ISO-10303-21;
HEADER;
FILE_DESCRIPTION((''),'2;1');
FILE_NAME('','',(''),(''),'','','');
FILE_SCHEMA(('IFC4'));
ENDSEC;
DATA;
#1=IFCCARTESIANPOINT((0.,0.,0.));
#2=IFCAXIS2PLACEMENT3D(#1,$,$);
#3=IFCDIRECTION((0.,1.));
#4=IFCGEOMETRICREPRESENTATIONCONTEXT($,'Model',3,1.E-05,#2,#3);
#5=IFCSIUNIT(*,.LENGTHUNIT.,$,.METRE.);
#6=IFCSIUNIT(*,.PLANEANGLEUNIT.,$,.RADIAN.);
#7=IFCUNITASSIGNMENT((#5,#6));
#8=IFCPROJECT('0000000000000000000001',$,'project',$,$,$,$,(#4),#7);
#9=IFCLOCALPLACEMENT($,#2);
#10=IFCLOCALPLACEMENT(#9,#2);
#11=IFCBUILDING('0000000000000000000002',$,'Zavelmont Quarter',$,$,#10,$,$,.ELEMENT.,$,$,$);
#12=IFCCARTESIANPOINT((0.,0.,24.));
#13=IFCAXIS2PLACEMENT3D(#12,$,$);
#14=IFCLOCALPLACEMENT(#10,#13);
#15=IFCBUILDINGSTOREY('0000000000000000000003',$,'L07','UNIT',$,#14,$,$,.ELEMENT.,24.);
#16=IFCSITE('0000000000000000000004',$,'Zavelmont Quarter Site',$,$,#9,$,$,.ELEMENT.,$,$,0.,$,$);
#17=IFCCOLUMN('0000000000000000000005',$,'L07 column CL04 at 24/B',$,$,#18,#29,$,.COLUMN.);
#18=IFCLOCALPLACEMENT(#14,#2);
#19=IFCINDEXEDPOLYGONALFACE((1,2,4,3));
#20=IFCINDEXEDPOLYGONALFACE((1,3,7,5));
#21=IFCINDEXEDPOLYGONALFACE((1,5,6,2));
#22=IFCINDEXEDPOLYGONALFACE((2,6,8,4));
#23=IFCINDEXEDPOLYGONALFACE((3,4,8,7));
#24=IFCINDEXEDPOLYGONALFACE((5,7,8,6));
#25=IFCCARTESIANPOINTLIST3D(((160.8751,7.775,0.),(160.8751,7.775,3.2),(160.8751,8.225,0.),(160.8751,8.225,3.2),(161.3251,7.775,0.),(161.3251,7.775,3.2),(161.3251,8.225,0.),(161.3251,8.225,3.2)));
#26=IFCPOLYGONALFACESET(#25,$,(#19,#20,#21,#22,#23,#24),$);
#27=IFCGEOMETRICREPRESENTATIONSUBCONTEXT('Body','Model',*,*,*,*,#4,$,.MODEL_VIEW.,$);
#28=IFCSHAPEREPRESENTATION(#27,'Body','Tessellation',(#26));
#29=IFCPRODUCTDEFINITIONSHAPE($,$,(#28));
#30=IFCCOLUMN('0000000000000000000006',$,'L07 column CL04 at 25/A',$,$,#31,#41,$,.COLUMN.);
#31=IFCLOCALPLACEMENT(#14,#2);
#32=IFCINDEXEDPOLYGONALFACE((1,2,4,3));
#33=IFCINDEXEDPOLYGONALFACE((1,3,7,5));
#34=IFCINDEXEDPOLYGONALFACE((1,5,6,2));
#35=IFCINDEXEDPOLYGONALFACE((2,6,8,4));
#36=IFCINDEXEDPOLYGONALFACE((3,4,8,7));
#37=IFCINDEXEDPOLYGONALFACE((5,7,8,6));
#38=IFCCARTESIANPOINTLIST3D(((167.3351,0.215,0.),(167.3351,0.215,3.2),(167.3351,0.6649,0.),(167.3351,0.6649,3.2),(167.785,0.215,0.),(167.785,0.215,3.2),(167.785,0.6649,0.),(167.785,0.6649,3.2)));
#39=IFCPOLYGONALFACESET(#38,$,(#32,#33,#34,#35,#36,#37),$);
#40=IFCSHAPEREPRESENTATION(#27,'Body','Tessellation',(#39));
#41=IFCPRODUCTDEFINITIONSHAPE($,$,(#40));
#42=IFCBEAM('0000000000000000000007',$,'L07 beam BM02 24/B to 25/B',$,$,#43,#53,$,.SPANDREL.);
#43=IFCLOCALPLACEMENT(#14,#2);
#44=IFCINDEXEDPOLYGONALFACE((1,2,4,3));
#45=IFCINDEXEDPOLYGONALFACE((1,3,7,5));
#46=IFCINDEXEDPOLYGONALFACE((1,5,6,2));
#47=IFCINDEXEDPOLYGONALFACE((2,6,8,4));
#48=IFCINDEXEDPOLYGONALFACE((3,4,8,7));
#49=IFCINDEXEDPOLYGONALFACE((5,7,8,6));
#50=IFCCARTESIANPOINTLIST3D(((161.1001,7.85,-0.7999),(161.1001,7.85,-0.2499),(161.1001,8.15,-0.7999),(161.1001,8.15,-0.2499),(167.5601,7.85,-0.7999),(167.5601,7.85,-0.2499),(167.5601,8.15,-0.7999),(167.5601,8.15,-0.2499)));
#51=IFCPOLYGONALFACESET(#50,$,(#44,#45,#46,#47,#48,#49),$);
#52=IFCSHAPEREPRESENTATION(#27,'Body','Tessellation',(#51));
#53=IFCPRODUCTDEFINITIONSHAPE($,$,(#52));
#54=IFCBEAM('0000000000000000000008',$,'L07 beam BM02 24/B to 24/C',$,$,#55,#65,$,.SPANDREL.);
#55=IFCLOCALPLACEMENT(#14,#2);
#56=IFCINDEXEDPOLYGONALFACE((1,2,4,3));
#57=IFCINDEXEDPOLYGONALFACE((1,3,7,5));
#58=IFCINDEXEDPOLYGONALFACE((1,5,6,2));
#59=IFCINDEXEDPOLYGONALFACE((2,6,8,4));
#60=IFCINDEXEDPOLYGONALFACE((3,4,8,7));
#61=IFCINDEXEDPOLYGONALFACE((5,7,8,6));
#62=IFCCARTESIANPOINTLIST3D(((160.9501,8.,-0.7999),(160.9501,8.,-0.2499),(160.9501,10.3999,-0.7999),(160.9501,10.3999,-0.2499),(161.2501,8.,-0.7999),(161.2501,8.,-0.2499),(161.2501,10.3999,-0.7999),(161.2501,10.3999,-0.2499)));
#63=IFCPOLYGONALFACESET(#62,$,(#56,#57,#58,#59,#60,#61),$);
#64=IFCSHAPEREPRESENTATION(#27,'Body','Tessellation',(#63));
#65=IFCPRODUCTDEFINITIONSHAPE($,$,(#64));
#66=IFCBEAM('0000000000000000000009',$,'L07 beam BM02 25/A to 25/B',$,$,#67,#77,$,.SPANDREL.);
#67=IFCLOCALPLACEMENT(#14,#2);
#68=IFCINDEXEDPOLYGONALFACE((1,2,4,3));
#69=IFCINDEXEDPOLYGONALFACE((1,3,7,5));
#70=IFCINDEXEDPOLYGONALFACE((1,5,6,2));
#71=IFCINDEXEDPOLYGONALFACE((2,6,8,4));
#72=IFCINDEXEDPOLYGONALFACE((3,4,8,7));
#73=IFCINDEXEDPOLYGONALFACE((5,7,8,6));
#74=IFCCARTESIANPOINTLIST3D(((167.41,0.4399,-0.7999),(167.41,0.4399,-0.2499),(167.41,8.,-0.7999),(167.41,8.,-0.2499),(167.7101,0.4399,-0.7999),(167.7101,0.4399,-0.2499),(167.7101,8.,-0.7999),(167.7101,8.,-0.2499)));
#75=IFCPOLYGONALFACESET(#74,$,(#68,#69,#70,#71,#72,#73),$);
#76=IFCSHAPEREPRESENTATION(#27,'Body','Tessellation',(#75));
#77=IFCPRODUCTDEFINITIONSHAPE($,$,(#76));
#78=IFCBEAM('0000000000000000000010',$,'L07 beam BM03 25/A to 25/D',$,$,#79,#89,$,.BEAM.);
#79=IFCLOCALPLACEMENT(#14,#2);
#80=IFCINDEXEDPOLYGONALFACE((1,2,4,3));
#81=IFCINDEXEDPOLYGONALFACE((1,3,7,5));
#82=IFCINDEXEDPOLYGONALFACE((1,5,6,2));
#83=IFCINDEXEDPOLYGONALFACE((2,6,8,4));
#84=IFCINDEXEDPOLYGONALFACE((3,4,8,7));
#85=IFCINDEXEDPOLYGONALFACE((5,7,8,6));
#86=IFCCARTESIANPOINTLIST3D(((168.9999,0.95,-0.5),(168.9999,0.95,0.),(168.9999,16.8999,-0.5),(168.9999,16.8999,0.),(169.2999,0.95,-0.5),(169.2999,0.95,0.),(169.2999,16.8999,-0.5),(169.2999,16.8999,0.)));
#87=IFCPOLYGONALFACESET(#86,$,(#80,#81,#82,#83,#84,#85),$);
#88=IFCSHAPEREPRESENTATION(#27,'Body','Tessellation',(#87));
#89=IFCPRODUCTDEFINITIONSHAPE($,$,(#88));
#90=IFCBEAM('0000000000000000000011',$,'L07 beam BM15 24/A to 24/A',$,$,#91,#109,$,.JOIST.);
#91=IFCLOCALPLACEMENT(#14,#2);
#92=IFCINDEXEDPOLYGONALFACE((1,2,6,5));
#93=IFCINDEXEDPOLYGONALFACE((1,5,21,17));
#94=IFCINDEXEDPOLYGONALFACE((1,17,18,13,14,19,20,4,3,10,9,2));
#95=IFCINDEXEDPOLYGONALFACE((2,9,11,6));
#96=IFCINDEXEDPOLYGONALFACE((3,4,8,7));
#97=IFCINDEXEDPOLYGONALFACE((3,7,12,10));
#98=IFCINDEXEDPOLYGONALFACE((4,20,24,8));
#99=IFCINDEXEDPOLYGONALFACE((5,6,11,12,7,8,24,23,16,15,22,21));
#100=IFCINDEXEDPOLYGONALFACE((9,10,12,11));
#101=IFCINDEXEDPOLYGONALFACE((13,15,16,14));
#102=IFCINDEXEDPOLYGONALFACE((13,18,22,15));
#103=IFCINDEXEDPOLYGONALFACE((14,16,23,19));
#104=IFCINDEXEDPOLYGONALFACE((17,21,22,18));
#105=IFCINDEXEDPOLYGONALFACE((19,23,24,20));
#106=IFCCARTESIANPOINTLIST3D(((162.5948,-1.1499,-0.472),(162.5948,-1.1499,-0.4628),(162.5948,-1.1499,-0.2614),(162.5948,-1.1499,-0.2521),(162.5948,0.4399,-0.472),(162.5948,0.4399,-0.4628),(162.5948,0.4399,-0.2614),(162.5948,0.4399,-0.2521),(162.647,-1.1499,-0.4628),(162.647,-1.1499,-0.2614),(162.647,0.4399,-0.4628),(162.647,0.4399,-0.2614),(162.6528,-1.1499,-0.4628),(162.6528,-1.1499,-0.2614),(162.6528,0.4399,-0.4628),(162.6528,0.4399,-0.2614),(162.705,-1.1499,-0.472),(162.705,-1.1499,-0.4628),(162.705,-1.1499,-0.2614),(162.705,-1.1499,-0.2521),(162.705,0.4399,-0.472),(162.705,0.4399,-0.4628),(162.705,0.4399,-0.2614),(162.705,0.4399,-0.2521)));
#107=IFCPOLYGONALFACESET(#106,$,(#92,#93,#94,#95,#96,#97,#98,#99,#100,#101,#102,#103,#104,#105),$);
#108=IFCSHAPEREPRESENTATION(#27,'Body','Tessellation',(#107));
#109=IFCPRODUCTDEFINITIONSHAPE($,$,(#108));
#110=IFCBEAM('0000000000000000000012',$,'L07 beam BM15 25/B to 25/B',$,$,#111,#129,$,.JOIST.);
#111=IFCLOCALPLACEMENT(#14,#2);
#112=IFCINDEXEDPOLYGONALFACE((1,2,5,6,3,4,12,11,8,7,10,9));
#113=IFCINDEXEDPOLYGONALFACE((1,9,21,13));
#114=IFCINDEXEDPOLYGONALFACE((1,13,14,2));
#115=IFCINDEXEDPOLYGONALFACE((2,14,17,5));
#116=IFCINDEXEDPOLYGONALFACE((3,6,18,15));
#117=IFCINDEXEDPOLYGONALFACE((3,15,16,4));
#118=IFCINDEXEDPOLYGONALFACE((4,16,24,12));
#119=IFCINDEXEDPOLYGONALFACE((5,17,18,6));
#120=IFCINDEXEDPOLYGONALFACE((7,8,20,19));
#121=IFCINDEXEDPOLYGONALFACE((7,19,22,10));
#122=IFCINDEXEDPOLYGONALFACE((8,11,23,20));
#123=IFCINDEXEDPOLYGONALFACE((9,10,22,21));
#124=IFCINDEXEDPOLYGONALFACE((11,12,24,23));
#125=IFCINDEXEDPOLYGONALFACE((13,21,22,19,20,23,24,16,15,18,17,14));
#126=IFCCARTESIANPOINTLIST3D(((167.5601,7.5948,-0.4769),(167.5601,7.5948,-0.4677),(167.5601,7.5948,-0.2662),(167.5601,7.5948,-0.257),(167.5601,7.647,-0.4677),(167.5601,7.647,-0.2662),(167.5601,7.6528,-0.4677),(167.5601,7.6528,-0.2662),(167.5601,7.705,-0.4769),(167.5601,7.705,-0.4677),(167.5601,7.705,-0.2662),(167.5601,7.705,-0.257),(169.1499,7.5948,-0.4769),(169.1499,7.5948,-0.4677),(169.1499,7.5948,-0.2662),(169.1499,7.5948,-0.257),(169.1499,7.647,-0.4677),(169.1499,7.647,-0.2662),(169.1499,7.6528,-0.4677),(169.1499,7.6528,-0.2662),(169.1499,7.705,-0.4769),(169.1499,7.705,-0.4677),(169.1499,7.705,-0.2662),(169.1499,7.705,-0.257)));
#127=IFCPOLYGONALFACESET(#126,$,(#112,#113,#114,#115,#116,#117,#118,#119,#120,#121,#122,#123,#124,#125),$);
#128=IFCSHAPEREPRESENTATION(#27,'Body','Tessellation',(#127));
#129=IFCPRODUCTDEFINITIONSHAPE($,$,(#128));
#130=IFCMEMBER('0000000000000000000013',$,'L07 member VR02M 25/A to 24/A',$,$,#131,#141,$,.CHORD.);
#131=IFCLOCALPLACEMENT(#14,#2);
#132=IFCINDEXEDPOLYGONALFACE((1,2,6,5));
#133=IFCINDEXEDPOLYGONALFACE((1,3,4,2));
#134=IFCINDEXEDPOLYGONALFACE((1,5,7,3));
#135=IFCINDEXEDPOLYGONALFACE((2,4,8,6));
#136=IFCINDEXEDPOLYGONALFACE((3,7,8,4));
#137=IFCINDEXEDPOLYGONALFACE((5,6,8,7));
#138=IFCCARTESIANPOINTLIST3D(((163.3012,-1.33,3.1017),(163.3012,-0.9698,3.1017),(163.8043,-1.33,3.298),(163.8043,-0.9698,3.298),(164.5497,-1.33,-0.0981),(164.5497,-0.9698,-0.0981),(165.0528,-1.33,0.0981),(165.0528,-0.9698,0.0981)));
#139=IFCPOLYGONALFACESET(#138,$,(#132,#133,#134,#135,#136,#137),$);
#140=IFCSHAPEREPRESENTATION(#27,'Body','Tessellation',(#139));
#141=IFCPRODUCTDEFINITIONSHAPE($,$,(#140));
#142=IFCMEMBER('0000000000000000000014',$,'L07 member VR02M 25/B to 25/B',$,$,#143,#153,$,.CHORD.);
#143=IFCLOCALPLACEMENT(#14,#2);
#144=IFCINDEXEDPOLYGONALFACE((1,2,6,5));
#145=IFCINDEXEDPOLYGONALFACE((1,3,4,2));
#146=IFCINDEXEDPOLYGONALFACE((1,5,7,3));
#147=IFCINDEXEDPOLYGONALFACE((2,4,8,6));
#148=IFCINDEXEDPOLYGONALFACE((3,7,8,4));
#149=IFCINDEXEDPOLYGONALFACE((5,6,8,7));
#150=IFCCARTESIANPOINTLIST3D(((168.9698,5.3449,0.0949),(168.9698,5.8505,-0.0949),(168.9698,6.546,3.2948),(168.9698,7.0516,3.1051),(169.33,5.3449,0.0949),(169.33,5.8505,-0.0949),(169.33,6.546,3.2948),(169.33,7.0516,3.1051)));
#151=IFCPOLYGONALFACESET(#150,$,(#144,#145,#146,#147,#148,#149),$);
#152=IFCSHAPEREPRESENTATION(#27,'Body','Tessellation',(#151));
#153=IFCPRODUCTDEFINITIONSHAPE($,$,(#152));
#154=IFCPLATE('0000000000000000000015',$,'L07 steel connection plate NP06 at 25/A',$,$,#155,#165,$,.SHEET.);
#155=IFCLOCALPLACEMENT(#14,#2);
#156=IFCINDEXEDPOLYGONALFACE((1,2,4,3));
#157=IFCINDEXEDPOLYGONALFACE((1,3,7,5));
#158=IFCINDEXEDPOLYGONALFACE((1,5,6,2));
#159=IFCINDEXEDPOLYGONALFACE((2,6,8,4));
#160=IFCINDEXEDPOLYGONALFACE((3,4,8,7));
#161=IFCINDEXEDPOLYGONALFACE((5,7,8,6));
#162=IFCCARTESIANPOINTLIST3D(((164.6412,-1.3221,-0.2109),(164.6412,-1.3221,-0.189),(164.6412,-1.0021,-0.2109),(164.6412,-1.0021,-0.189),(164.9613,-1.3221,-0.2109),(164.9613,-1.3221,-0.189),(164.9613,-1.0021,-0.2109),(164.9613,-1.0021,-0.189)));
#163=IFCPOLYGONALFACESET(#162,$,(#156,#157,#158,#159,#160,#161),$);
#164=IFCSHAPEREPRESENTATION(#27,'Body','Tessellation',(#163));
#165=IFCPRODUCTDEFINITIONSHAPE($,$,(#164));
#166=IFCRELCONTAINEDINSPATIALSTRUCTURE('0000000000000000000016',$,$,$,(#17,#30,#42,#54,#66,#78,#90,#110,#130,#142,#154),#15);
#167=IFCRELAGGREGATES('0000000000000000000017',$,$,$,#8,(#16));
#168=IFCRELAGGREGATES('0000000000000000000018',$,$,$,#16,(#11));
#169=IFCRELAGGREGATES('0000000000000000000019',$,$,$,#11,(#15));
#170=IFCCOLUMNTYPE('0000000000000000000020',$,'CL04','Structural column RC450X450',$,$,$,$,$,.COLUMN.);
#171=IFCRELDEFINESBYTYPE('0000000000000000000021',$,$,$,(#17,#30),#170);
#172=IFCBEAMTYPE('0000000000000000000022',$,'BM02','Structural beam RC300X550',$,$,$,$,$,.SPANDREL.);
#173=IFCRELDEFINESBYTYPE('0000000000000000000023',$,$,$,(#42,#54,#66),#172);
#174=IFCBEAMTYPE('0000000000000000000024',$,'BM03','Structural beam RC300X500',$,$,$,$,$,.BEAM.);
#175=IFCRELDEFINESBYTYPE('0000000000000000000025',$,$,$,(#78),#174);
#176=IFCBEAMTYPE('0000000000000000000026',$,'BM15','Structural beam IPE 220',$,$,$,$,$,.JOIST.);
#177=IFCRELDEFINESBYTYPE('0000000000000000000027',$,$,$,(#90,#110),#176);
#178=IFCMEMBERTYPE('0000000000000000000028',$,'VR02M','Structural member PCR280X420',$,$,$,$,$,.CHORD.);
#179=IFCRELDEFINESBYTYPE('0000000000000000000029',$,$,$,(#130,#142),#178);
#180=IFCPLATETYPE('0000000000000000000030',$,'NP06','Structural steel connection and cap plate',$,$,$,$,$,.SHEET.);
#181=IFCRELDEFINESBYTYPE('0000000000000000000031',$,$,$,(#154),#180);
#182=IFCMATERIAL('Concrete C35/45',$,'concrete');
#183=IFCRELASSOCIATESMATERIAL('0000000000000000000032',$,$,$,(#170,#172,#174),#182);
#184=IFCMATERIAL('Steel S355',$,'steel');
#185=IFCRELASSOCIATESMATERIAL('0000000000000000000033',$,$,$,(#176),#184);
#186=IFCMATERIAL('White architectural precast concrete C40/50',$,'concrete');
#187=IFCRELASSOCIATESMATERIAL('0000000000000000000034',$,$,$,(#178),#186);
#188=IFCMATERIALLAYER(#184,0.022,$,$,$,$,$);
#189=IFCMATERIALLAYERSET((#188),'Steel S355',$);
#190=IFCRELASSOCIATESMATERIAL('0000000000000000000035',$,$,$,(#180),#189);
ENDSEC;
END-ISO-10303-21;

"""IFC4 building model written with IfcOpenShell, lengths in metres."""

from ifc_helpers import new_model, si_unit, direction, frame, origin, origin_2d, place, context, subcontext, project, spatial, rectangle, i_section, extrude, material, layer, layer_set, material_profile, profile_set, type_object, element, save


model = new_model("IFC4")

# Units and contexts
model_context = context("Model", 3, precision=1e-05, world=origin(), true_north=direction((0.0, 1.0)))
body_context = subcontext(model_context, "Body", "Model", "MODEL_VIEW")
ifc_project = project(units=[si_unit("LENGTHUNIT", "METRE"), si_unit("PLANEANGLEUNIT", "RADIAN")], contexts=[model_context])

# Site, building, storey
site_placement = place(None, origin())
site = spatial("IfcSite", under=ifc_project, at=site_placement, Name="Zavelmont Quarter Site", CompositionType="ELEMENT", RefElevation=0.0)
building_placement = place(site_placement, origin())
building = spatial("IfcBuilding", under=site, at=building_placement, Name="Zavelmont Quarter", CompositionType="ELEMENT")
storey_placement = place(building_placement, frame((0.0, 0.0, 24.0)))
storey = spatial("IfcBuildingStorey", under=building, at=storey_placement, Name="L07", Description="UNIT", CompositionType="ELEMENT", Elevation=24.0)

# Columns
ifc_material_1 = material(Name="Concrete C35/45", Category="concrete")
ifc_material_profile_1 = material_profile(ifc_material_1, rectangle(XDim=0.45, YDim=0.45, at=origin_2d()), Name="RC450X450")
ifc_profile_set_1 = profile_set([ifc_material_profile_1], Name="Concrete C35/45")
column_type = type_object("IfcColumnType", Name="CL04", Description="Structural column RC450X450", PredefinedType="COLUMN", material=ifc_profile_set_1)
for number, where, z_axis, x_axis, name in (
    (1, (161.1001, 8.0, 0.0), (0.0, 0.0, 1.0), (1.0, 0.0, 0.0), "L07 column CL04 at 24/B"),
    (2, (167.5601, 0.4399, 0.0), (0.0, 0.0, 1.0), (1.0, 0.0, 0.0), "L07 column CL04 at 25/A"),
):
    element("IfcColumn", number, at=place(storey_placement, frame(where, z_axis=z_axis, x_axis=x_axis)), inside=storey, type_object=column_type, Name=name, PredefinedType="COLUMN", context=body_context, shape_type="SweptSolid", body=[
        extrude(rectangle(XDim=0.45, YDim=0.45, at=origin_2d()), origin(), (0.0, 0.0, 1.0), 3.2),
    ])

# Beams
ifc_material_profile_2 = material_profile(ifc_material_1, rectangle(XDim=0.3, YDim=0.55, at=origin_2d()), Name="RC300X550")
ifc_profile_set_2 = profile_set([ifc_material_profile_2], Name="Concrete C35/45")
beam_type_1 = type_object("IfcBeamType", Name="BM02", Description="Structural beam RC300X550", PredefinedType="SPANDREL", material=ifc_profile_set_2)
beam_1_placement = place(storey_placement, frame((161.1001, 8.0, -0.5249), z_axis=(1.0, 0.0, 0.0), x_axis=(0.0, 1.0, 0.0)))
element("IfcBeam", 3, at=beam_1_placement, inside=storey, type_object=beam_type_1, Name="L07 beam BM02 24/B to 25/B", PredefinedType="SPANDREL", context=body_context, shape_type="SweptSolid", body=[
    extrude(rectangle(XDim=0.3, YDim=0.55, at=origin_2d()), origin(), (0.0, 0.0, 1.0), 6.46),
])
beam_2_placement = place(storey_placement, frame((161.1001, 8.0, -0.5249), z_axis=(0.0, 1.0, 0.0), x_axis=(-1.0, 0.0, 0.0)))
element("IfcBeam", 4, at=beam_2_placement, inside=storey, type_object=beam_type_1, Name="L07 beam BM02 24/B to 24/C", PredefinedType="SPANDREL", context=body_context, shape_type="SweptSolid", body=[
    extrude(rectangle(XDim=0.3, YDim=0.55, at=origin_2d()), origin(), (0.0, 0.0, 1.0), 2.3999),
])
beam_3_placement = place(storey_placement, frame((167.5601, 0.4399, -0.5249), z_axis=(0.0, 1.0, 0.0), x_axis=(-1.0, 0.0, 0.0)))
element("IfcBeam", 5, at=beam_3_placement, inside=storey, type_object=beam_type_1, Name="L07 beam BM02 25/A to 25/B", PredefinedType="SPANDREL", context=body_context, shape_type="SweptSolid", body=[
    extrude(rectangle(XDim=0.3, YDim=0.55, at=origin_2d()), origin(), (0.0, 0.0, 1.0), 7.5601),
])
ifc_material_profile_3 = material_profile(ifc_material_1, rectangle(XDim=0.3, YDim=0.5, at=origin_2d()), Name="RC300X500")
ifc_profile_set_3 = profile_set([ifc_material_profile_3], Name="Concrete C35/45")
beam_type_2 = type_object("IfcBeamType", Name="BM03", Description="Structural beam RC300X500", PredefinedType="BEAM", material=ifc_profile_set_3)
beam_4_placement = place(storey_placement, frame((169.1499, 0.95, -0.25), z_axis=(0.0, 1.0, 0.0), x_axis=(-1.0, 0.0, 0.0)))
element("IfcBeam", 6, at=beam_4_placement, inside=storey, type_object=beam_type_2, Name="L07 beam BM03 25/A to 25/D", PredefinedType="BEAM", context=body_context, shape_type="SweptSolid", body=[
    extrude(rectangle(XDim=0.3, YDim=0.5, at=origin_2d()), origin(), (0.0, 0.0, 1.0), 15.95),
])
ifc_material_2 = material(Name="Steel S355", Category="steel")
ifc_material_profile_4 = material_profile(ifc_material_2, i_section(OverallWidth=0.1101, OverallDepth=0.22, WebThickness=0.0059, FlangeThickness=0.0093, at=origin_2d()), Name="IPE 220")
ifc_profile_set_4 = profile_set([ifc_material_profile_4], Name="Steel S355")
beam_type_3 = type_object("IfcBeamType", Name="BM15", Description="Structural beam IPE 220", PredefinedType="JOIST", material=ifc_profile_set_4)
for number, where, z_axis, x_axis, name in (
    (7, (162.6499, 0.4399, -0.3621), (0.0, -1.0, 0.0), (1.0, 0.0, 0.0), "L07 beam BM15 24/A to 24/A"),
    (8, (167.5601, 7.6499, -0.3669), (1.0, 0.0, 0.0), (0.0, 1.0, 0.0), "L07 beam BM15 25/B to 25/B"),
):
    element("IfcBeam", number, at=place(storey_placement, frame(where, z_axis=z_axis, x_axis=x_axis)), inside=storey, type_object=beam_type_3, Name=name, PredefinedType="JOIST", context=body_context, shape_type="SweptSolid", body=[
        extrude(i_section(OverallWidth=0.1101, OverallDepth=0.22, WebThickness=0.0059, FlangeThickness=0.0093, at=origin_2d()), origin(), (0.0, 0.0, 1.0), 1.5898),
    ])

# Members
ifc_material_3 = material(Name="White architectural precast concrete C40/50", Category="concrete")
ifc_material_profile_5 = material_profile(ifc_material_3, rectangle(XDim=0.3601, YDim=0.54, at=origin_2d()), Name="PCR280X420")
ifc_profile_set_5 = profile_set([ifc_material_profile_5], Name="White architectural precast concrete C40/50")
member_type = type_object("IfcMemberType", Name="VR02M", Description="Structural member PCR280X420", PredefinedType="CHORD", material=ifc_profile_set_5)
member_1_placement = place(storey_placement, frame((164.8013, -1.1499, 0.0), z_axis=(-0.363485, 0.0, 0.9316), x_axis=(0.0, -1.0, 0.0)))
element("IfcMember", 9, at=member_1_placement, inside=storey, type_object=member_type, Name="L07 member VR02M 25/A to 24/A", PredefinedType="CHORD", context=body_context, shape_type="SweptSolid", body=[
    extrude(rectangle(XDim=0.3601, YDim=0.54, at=origin_2d()), origin(), (0.0, 0.0, 1.0), 3.4348),
])
member_2_placement = place(storey_placement, frame((169.1499, 5.5977, 0.0), z_axis=(0.0, 0.351429, 0.936215), x_axis=(-1.0, 0.0, 0.0)))
element("IfcMember", 10, at=member_2_placement, inside=storey, type_object=member_type, Name="L07 member VR02M 25/B to 25/B", PredefinedType="CHORD", context=body_context, shape_type="SweptSolid", body=[
    extrude(rectangle(XDim=0.3601, YDim=0.54, at=origin_2d()), origin(), (0.0, 0.0, 1.0), 3.418),
])

# Plate
ifc_layer_1 = layer(ifc_material_2, 0.022)
ifc_layer_set_1 = layer_set([ifc_layer_1], Name="Steel S355")
plate_type = type_object("IfcPlateType", Name="NP06", Description="Structural steel connection and cap plate", PredefinedType="SHEET", material=ifc_layer_set_1)
plate_placement = place(storey_placement, frame((164.8013, -1.1621, -0.2109), z_axis=(0.0, 0.0, 1.0), x_axis=(1.0, 0.0, 0.0)))
element("IfcPlate", 11, at=plate_placement, inside=storey, type_object=plate_type, Name="L07 steel connection plate NP06 at 25/A", PredefinedType="SHEET", context=body_context, shape_type="SweptSolid", body=[
    extrude(rectangle(XDim=0.3201, YDim=0.3201, at=origin_2d()), origin(), (0.0, 0.0, 1.0), 0.022),
])

save(model, "model.ifc")
